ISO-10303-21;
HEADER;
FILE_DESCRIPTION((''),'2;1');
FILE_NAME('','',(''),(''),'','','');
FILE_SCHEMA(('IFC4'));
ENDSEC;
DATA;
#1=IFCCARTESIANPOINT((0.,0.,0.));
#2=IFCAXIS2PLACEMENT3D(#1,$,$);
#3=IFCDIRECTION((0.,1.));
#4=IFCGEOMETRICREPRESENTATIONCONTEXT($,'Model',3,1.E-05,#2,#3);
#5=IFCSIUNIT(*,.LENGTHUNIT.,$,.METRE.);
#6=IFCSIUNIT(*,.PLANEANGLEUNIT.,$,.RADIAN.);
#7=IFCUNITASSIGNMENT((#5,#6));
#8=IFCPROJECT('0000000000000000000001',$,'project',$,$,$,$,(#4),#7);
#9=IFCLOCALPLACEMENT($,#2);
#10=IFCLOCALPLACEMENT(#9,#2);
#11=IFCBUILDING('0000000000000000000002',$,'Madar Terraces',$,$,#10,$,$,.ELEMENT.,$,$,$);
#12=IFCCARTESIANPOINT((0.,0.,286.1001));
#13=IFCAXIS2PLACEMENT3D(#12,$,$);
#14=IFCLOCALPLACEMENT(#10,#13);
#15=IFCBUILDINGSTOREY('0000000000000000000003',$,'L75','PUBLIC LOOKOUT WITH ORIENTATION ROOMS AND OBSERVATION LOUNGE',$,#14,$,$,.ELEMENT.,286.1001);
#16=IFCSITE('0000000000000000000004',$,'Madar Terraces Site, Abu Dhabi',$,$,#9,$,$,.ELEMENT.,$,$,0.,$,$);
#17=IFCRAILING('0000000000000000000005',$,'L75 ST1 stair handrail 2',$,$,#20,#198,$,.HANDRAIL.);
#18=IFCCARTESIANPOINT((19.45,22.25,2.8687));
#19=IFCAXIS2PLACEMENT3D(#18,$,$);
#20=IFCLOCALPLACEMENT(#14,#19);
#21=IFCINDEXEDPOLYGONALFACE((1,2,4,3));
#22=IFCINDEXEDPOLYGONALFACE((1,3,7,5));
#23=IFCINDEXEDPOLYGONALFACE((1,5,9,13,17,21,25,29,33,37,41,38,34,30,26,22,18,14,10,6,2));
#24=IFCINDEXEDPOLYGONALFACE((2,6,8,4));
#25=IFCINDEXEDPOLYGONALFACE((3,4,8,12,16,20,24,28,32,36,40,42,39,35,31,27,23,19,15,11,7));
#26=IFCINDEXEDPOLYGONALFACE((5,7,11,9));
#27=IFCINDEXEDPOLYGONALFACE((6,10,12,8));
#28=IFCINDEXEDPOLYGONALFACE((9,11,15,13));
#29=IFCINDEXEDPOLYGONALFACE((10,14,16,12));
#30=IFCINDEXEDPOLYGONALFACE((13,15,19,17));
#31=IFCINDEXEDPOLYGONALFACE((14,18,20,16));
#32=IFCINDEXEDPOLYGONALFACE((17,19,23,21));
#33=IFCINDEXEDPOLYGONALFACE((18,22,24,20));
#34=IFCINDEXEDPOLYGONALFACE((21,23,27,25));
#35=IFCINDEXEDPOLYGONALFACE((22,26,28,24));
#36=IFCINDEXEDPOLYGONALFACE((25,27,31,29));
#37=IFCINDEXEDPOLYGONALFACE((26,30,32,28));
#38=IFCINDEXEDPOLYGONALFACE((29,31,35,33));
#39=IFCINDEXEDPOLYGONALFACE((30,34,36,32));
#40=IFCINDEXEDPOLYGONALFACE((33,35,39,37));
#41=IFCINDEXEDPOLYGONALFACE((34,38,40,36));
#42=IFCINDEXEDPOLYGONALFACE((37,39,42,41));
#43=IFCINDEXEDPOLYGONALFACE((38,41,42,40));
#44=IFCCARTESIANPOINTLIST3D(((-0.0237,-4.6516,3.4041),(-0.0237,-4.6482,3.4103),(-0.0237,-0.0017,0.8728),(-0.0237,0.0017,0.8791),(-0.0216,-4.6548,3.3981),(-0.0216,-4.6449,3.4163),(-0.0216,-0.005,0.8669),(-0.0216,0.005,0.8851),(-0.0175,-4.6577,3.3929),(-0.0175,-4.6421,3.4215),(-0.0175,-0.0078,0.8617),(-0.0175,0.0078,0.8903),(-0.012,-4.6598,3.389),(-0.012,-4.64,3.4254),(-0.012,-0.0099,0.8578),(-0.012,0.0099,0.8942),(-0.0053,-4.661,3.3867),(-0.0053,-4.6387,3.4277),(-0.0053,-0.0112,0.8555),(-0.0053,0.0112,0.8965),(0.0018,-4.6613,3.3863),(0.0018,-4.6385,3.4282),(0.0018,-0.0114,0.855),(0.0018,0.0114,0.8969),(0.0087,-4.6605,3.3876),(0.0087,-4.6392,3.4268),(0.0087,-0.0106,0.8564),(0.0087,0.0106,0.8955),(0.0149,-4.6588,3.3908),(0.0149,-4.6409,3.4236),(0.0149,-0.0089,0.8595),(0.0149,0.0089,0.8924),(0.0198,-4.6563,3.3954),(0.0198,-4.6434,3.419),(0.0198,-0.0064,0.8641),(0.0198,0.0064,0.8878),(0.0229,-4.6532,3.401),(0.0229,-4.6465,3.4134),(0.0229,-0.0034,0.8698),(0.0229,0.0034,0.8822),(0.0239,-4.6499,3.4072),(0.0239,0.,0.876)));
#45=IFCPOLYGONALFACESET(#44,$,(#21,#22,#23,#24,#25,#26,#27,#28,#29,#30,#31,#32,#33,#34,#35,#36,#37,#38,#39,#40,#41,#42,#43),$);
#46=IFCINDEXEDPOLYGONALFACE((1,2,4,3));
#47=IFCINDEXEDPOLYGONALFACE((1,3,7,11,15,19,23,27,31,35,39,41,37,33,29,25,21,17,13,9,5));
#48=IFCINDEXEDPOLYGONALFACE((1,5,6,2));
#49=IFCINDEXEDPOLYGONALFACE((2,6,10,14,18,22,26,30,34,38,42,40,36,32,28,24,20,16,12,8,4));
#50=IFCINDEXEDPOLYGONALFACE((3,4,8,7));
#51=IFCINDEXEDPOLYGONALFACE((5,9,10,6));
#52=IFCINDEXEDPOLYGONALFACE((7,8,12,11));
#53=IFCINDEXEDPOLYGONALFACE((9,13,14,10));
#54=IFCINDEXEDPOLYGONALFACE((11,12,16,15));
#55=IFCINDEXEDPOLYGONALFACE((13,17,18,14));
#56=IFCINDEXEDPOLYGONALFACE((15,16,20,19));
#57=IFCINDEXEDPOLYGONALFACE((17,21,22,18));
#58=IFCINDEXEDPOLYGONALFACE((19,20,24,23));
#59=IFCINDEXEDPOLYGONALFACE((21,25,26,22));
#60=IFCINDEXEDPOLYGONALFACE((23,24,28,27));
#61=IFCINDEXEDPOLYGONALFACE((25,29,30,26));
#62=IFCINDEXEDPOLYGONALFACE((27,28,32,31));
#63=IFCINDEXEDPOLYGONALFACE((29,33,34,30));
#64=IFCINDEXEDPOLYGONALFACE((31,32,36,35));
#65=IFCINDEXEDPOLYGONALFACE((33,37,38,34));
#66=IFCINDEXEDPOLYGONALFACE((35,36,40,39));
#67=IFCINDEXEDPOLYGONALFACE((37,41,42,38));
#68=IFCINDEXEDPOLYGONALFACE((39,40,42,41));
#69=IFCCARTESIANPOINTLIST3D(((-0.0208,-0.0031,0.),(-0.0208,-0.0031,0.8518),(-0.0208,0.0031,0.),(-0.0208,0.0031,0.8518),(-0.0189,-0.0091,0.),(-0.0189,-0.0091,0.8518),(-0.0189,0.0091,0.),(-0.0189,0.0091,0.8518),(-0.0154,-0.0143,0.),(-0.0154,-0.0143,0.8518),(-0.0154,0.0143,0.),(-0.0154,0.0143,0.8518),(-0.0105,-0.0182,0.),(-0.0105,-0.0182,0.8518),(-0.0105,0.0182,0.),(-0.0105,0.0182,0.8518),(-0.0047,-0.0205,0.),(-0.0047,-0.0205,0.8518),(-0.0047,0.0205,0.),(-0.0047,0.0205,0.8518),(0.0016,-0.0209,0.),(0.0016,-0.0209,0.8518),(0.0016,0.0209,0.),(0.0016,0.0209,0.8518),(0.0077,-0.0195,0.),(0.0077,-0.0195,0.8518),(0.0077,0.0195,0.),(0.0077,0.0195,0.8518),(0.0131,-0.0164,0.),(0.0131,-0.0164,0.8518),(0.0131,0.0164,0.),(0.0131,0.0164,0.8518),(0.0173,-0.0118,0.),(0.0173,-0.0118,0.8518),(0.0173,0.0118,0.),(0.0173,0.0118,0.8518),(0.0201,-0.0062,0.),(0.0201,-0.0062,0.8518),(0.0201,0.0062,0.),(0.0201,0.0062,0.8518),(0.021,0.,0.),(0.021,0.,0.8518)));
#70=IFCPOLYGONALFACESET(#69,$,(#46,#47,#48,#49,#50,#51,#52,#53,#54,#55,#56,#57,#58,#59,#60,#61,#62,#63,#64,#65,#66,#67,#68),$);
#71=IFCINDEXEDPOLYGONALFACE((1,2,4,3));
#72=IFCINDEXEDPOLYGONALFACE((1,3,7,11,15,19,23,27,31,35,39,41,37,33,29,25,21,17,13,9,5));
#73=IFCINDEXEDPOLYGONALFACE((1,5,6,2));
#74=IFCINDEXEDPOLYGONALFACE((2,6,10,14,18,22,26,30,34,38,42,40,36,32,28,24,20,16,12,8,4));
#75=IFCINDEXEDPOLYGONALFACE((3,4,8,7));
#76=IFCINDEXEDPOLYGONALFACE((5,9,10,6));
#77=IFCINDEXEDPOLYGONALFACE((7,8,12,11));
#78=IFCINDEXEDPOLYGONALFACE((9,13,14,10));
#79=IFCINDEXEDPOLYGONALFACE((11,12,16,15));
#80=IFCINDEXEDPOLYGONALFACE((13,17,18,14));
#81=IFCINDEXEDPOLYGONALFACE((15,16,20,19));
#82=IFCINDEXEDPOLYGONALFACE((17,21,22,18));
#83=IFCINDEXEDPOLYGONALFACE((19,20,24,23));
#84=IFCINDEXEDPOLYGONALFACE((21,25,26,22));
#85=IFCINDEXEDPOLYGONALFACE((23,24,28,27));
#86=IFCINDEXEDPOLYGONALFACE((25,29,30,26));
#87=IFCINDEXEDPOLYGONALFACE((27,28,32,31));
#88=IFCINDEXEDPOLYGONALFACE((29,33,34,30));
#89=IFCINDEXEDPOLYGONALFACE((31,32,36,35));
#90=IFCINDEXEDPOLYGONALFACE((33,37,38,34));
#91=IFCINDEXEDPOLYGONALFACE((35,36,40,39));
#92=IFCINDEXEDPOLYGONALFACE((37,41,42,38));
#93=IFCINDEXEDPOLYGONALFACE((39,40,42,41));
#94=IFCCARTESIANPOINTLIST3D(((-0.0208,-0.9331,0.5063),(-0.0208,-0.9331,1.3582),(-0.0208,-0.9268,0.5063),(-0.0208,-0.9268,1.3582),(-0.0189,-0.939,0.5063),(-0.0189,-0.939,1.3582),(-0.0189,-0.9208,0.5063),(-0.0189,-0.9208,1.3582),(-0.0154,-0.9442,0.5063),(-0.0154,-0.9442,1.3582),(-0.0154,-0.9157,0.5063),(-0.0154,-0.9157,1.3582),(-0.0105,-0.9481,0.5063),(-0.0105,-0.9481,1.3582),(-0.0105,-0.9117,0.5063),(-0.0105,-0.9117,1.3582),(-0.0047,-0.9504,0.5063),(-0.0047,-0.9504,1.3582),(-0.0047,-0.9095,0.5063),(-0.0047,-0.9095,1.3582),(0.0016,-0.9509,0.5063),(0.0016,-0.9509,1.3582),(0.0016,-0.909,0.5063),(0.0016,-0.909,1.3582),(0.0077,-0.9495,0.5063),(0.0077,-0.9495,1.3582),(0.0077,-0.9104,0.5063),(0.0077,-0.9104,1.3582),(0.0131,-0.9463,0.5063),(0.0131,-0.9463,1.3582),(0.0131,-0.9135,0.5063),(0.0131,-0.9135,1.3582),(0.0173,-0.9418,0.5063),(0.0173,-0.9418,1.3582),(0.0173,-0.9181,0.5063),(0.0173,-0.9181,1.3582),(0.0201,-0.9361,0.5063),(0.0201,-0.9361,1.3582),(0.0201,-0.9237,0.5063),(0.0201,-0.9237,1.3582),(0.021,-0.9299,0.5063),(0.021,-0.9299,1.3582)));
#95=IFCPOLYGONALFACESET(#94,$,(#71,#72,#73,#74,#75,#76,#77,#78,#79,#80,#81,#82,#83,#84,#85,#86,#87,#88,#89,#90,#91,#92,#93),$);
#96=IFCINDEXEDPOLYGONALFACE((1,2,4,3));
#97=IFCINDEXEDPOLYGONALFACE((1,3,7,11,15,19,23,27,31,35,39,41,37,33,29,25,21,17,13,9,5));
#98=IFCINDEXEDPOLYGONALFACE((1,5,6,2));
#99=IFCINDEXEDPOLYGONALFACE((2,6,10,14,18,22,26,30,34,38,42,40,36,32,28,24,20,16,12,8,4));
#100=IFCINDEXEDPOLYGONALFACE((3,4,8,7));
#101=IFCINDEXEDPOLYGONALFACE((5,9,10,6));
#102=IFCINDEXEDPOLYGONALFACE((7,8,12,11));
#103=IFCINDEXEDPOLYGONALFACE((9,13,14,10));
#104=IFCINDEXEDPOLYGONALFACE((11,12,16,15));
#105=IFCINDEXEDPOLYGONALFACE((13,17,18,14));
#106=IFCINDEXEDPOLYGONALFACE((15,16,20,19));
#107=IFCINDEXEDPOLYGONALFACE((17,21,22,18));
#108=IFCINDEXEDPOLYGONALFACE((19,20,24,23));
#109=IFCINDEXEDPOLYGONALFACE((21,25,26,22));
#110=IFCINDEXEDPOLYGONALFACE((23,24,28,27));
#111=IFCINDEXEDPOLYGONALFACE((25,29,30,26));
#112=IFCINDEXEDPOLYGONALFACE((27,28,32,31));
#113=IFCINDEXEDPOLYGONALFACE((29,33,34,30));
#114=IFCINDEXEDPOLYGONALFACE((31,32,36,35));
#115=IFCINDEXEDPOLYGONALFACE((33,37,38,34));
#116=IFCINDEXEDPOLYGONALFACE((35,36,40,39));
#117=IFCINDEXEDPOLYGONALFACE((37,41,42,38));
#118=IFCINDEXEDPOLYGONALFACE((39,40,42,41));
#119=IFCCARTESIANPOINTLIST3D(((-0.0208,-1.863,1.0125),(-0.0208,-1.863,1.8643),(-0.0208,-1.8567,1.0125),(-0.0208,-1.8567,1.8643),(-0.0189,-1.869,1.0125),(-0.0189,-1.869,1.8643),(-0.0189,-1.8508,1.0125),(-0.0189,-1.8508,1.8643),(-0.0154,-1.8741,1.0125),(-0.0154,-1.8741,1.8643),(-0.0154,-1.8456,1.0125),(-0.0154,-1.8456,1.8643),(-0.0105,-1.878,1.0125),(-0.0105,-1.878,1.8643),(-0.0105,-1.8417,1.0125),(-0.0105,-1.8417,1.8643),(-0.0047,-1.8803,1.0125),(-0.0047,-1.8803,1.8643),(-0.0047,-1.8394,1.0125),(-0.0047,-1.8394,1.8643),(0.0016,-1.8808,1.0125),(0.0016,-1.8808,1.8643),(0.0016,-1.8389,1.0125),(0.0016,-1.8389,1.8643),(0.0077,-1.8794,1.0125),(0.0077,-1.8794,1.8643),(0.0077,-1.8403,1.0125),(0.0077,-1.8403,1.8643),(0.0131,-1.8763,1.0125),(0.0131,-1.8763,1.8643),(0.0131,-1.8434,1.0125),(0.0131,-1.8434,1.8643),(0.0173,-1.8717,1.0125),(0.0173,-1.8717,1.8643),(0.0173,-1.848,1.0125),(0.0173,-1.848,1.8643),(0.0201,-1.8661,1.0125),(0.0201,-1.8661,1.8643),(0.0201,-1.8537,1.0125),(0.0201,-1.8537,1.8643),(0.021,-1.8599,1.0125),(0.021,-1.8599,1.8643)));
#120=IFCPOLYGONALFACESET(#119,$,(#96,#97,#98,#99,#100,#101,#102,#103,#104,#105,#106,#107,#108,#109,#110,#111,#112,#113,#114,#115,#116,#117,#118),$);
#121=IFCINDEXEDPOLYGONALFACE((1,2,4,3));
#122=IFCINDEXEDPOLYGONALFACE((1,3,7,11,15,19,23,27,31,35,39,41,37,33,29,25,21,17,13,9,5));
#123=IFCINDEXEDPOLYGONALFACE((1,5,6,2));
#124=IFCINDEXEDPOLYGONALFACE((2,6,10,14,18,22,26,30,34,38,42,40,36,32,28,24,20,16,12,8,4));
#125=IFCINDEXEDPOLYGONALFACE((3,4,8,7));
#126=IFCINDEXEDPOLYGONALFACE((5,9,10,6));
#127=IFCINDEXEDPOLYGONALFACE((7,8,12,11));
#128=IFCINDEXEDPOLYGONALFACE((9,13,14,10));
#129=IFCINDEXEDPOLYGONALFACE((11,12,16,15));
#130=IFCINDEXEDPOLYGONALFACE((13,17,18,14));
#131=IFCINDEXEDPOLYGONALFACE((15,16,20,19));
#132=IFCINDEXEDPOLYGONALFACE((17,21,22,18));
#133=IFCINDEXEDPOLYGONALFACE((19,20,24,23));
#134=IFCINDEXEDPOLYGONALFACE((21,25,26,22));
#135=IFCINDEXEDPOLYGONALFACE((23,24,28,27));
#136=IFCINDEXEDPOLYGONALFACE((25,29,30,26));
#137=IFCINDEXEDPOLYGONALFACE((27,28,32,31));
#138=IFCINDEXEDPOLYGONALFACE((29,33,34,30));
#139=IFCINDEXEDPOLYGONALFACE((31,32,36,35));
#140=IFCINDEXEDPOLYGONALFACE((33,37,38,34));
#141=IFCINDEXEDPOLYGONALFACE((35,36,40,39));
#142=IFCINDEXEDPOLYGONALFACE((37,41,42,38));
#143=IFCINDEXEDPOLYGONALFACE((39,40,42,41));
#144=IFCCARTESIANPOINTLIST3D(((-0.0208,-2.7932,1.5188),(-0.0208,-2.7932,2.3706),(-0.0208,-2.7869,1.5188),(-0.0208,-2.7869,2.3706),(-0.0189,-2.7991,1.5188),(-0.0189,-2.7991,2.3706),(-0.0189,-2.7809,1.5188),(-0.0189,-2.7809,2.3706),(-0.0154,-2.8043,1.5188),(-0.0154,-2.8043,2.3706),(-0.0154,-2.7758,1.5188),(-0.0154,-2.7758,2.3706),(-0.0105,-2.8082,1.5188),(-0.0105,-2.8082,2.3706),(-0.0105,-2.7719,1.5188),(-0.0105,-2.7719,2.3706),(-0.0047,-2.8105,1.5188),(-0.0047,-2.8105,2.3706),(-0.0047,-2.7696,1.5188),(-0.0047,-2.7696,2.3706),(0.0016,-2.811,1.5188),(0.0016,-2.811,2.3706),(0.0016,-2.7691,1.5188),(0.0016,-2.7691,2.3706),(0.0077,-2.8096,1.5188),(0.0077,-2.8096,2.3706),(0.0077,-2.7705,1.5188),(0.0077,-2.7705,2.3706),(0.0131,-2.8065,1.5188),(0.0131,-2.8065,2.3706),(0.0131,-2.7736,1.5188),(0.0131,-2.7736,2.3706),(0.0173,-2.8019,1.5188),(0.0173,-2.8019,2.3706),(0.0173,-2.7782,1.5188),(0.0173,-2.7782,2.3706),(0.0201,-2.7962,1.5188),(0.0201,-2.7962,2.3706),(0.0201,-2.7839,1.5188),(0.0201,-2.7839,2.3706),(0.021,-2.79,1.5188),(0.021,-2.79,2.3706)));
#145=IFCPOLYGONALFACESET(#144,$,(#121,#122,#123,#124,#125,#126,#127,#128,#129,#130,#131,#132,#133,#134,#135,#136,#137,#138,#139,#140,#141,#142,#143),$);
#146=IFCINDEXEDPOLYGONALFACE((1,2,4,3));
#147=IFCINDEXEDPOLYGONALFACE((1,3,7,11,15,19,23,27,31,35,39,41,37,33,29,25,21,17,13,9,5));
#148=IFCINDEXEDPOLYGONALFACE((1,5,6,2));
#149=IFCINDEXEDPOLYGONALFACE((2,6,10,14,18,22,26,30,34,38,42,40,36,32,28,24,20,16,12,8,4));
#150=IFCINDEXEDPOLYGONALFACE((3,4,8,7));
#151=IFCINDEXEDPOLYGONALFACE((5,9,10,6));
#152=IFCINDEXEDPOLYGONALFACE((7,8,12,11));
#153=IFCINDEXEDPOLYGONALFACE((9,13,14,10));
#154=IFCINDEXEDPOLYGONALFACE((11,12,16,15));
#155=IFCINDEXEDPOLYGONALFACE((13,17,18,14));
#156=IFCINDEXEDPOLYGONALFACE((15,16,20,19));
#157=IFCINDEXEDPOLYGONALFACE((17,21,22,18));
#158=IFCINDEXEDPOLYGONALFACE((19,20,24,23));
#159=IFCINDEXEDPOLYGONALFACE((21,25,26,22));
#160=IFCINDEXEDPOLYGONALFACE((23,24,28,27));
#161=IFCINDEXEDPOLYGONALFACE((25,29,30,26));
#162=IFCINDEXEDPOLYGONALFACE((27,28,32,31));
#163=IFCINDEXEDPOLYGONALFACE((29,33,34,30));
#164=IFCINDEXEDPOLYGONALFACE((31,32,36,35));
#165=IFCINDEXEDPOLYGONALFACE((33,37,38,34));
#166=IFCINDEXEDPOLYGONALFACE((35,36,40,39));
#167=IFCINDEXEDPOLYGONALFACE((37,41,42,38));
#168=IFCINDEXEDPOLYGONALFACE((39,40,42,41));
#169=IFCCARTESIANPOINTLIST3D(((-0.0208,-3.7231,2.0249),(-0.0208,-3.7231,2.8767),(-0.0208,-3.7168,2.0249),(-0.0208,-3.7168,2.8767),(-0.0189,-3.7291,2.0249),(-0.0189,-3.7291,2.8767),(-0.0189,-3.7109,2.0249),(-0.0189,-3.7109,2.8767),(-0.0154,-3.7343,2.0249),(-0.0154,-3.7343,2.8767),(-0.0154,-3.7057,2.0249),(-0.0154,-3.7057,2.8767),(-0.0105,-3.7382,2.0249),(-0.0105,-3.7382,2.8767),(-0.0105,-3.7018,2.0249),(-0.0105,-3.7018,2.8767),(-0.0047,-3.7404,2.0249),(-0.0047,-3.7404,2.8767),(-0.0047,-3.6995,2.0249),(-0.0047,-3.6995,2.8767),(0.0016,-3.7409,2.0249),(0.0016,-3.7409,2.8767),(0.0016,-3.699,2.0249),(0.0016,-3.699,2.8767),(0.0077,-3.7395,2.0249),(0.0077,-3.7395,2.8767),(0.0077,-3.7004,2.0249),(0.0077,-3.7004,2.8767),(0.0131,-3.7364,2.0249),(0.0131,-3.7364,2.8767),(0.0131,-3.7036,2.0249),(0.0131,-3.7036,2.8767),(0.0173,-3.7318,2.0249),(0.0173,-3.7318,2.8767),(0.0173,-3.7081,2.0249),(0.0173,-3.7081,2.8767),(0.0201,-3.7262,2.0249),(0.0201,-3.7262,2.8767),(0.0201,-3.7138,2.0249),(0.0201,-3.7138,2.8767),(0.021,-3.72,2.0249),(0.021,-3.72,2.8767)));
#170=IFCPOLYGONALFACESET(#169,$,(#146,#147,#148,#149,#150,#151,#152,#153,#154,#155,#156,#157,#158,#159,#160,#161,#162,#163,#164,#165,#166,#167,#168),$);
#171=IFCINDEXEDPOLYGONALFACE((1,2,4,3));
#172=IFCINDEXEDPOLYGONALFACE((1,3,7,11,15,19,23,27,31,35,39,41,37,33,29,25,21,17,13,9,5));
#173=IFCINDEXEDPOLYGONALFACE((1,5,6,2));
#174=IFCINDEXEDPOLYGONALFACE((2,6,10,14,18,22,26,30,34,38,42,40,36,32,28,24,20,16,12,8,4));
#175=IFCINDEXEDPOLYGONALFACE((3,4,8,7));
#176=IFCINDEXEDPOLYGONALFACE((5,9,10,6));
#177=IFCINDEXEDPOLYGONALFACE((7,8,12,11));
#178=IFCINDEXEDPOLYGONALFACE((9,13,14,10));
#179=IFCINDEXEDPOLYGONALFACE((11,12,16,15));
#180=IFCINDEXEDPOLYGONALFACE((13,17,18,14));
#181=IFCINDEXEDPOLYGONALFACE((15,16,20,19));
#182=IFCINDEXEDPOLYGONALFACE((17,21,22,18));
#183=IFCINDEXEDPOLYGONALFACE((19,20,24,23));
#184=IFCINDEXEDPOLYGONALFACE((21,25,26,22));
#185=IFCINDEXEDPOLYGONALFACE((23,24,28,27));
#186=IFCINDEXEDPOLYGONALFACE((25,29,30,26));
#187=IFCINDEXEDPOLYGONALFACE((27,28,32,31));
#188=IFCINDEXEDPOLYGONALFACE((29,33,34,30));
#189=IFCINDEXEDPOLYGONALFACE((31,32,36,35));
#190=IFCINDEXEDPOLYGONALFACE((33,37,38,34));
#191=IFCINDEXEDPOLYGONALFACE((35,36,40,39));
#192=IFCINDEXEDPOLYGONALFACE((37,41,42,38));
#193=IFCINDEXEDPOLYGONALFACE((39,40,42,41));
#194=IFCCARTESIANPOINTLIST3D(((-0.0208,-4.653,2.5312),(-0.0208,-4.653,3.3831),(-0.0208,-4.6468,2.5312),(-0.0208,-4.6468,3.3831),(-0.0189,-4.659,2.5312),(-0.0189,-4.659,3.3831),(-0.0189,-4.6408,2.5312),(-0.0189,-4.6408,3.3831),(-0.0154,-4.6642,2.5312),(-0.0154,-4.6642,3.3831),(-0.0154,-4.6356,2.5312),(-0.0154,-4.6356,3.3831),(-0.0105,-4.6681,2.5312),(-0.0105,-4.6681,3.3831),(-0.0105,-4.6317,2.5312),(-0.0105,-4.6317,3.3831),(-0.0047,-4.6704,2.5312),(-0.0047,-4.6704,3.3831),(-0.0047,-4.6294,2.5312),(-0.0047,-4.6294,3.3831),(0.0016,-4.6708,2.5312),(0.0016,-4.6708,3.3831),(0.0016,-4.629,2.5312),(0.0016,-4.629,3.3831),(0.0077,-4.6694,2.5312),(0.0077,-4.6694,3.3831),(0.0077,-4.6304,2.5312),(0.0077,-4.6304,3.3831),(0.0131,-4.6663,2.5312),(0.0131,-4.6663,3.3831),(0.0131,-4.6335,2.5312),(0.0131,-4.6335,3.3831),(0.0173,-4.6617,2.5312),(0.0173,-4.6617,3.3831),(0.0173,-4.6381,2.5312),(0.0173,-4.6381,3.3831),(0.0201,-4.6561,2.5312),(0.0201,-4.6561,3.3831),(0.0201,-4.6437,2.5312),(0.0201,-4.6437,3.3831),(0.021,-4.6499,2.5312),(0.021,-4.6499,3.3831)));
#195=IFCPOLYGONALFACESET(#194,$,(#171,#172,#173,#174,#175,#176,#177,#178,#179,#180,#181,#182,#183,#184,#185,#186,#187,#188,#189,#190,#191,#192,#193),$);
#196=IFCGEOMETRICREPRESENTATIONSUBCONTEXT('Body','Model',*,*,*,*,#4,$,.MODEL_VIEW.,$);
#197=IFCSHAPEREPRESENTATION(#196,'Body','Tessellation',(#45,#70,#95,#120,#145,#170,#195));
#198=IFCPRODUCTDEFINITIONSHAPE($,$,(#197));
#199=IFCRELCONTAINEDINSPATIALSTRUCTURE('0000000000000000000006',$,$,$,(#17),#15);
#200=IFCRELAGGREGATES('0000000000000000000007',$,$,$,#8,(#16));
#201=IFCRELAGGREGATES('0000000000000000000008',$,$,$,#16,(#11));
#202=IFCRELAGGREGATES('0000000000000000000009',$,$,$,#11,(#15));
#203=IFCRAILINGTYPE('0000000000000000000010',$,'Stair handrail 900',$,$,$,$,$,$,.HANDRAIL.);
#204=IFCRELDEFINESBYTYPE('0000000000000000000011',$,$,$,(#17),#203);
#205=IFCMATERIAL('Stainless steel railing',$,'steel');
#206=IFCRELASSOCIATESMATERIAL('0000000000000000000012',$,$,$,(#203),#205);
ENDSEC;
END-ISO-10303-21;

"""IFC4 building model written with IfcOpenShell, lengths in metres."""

from ifc_helpers import new_model, si_unit, direction, frame, origin, origin_2d, place, context, subcontext, project, spatial, circle, extrude, material, type_object, element, save


model = new_model("IFC4")

# Units and contexts
model_context = context("Model", 3, precision=1e-05, world=origin(), true_north=direction((0.0, 1.0)))
body_context = subcontext(model_context, "Body", "Model", "MODEL_VIEW")
ifc_project = project(units=[si_unit("LENGTHUNIT", "METRE"), si_unit("PLANEANGLEUNIT", "RADIAN")], contexts=[model_context])

# Site, building, storey
site_placement = place(None, origin())
site = spatial("IfcSite", under=ifc_project, at=site_placement, Name="Madar Terraces Site, Abu Dhabi", CompositionType="ELEMENT", RefElevation=0.0)
building_placement = place(site_placement, origin())
building = spatial("IfcBuilding", under=site, at=building_placement, Name="Madar Terraces", CompositionType="ELEMENT")
storey_placement = place(building_placement, frame((0.0, 0.0, 286.1001)))
storey = spatial("IfcBuildingStorey", under=building, at=storey_placement, Name="L75", Description="PUBLIC LOOKOUT WITH ORIENTATION ROOMS AND OBSERVATION LOUNGE", CompositionType="ELEMENT", Elevation=286.1001)

# Railing
ifc_material_1 = material(Name="Stainless steel railing", Category="steel")
railing_type_1 = type_object("IfcRailingType", Name="Stair handrail 900", PredefinedType="HANDRAIL", material=ifc_material_1)
railing_1_placement = place(storey_placement, frame((19.45, 22.25, 2.8687)))
element("IfcRailing", 1, at=railing_1_placement, inside=storey, type_object=railing_type_1, Name="L75 ST1 stair handrail 2", PredefinedType="HANDRAIL", context=body_context, shape_type="SweptSolid", body=[
    extrude(circle(Radius=0.0239, at=origin_2d()), frame((0.0, 0.0, 0.876), z_axis=(0.0, -0.878297, 0.478115), x_axis=(1.0, 0.0, 0.0)), (0.0, 0.0, 1.0), 5.2942),
    extrude(circle(Radius=0.021, at=origin_2d()), origin(), (0.0, 0.0, 1.0), 0.8518),
    extrude(circle(Radius=0.021, at=origin_2d()), frame((0.0, -0.9299, 0.5063)), (0.0, 0.0, 1.0), 0.8518),
    extrude(circle(Radius=0.021, at=origin_2d()), frame((0.0, -1.8599, 1.0125)), (0.0, 0.0, 1.0), 0.8518),
    extrude(circle(Radius=0.021, at=origin_2d()), frame((0.0, -2.79, 1.5188)), (0.0, 0.0, 1.0), 0.8518),
    extrude(circle(Radius=0.021, at=origin_2d()), frame((0.0, -3.72, 2.0249)), (0.0, 0.0, 1.0), 0.8518),
    extrude(circle(Radius=0.021, at=origin_2d()), frame((0.0, -4.6499, 2.5312)), (0.0, 0.0, 1.0), 0.8518),
])

save(model, "model.ifc")
